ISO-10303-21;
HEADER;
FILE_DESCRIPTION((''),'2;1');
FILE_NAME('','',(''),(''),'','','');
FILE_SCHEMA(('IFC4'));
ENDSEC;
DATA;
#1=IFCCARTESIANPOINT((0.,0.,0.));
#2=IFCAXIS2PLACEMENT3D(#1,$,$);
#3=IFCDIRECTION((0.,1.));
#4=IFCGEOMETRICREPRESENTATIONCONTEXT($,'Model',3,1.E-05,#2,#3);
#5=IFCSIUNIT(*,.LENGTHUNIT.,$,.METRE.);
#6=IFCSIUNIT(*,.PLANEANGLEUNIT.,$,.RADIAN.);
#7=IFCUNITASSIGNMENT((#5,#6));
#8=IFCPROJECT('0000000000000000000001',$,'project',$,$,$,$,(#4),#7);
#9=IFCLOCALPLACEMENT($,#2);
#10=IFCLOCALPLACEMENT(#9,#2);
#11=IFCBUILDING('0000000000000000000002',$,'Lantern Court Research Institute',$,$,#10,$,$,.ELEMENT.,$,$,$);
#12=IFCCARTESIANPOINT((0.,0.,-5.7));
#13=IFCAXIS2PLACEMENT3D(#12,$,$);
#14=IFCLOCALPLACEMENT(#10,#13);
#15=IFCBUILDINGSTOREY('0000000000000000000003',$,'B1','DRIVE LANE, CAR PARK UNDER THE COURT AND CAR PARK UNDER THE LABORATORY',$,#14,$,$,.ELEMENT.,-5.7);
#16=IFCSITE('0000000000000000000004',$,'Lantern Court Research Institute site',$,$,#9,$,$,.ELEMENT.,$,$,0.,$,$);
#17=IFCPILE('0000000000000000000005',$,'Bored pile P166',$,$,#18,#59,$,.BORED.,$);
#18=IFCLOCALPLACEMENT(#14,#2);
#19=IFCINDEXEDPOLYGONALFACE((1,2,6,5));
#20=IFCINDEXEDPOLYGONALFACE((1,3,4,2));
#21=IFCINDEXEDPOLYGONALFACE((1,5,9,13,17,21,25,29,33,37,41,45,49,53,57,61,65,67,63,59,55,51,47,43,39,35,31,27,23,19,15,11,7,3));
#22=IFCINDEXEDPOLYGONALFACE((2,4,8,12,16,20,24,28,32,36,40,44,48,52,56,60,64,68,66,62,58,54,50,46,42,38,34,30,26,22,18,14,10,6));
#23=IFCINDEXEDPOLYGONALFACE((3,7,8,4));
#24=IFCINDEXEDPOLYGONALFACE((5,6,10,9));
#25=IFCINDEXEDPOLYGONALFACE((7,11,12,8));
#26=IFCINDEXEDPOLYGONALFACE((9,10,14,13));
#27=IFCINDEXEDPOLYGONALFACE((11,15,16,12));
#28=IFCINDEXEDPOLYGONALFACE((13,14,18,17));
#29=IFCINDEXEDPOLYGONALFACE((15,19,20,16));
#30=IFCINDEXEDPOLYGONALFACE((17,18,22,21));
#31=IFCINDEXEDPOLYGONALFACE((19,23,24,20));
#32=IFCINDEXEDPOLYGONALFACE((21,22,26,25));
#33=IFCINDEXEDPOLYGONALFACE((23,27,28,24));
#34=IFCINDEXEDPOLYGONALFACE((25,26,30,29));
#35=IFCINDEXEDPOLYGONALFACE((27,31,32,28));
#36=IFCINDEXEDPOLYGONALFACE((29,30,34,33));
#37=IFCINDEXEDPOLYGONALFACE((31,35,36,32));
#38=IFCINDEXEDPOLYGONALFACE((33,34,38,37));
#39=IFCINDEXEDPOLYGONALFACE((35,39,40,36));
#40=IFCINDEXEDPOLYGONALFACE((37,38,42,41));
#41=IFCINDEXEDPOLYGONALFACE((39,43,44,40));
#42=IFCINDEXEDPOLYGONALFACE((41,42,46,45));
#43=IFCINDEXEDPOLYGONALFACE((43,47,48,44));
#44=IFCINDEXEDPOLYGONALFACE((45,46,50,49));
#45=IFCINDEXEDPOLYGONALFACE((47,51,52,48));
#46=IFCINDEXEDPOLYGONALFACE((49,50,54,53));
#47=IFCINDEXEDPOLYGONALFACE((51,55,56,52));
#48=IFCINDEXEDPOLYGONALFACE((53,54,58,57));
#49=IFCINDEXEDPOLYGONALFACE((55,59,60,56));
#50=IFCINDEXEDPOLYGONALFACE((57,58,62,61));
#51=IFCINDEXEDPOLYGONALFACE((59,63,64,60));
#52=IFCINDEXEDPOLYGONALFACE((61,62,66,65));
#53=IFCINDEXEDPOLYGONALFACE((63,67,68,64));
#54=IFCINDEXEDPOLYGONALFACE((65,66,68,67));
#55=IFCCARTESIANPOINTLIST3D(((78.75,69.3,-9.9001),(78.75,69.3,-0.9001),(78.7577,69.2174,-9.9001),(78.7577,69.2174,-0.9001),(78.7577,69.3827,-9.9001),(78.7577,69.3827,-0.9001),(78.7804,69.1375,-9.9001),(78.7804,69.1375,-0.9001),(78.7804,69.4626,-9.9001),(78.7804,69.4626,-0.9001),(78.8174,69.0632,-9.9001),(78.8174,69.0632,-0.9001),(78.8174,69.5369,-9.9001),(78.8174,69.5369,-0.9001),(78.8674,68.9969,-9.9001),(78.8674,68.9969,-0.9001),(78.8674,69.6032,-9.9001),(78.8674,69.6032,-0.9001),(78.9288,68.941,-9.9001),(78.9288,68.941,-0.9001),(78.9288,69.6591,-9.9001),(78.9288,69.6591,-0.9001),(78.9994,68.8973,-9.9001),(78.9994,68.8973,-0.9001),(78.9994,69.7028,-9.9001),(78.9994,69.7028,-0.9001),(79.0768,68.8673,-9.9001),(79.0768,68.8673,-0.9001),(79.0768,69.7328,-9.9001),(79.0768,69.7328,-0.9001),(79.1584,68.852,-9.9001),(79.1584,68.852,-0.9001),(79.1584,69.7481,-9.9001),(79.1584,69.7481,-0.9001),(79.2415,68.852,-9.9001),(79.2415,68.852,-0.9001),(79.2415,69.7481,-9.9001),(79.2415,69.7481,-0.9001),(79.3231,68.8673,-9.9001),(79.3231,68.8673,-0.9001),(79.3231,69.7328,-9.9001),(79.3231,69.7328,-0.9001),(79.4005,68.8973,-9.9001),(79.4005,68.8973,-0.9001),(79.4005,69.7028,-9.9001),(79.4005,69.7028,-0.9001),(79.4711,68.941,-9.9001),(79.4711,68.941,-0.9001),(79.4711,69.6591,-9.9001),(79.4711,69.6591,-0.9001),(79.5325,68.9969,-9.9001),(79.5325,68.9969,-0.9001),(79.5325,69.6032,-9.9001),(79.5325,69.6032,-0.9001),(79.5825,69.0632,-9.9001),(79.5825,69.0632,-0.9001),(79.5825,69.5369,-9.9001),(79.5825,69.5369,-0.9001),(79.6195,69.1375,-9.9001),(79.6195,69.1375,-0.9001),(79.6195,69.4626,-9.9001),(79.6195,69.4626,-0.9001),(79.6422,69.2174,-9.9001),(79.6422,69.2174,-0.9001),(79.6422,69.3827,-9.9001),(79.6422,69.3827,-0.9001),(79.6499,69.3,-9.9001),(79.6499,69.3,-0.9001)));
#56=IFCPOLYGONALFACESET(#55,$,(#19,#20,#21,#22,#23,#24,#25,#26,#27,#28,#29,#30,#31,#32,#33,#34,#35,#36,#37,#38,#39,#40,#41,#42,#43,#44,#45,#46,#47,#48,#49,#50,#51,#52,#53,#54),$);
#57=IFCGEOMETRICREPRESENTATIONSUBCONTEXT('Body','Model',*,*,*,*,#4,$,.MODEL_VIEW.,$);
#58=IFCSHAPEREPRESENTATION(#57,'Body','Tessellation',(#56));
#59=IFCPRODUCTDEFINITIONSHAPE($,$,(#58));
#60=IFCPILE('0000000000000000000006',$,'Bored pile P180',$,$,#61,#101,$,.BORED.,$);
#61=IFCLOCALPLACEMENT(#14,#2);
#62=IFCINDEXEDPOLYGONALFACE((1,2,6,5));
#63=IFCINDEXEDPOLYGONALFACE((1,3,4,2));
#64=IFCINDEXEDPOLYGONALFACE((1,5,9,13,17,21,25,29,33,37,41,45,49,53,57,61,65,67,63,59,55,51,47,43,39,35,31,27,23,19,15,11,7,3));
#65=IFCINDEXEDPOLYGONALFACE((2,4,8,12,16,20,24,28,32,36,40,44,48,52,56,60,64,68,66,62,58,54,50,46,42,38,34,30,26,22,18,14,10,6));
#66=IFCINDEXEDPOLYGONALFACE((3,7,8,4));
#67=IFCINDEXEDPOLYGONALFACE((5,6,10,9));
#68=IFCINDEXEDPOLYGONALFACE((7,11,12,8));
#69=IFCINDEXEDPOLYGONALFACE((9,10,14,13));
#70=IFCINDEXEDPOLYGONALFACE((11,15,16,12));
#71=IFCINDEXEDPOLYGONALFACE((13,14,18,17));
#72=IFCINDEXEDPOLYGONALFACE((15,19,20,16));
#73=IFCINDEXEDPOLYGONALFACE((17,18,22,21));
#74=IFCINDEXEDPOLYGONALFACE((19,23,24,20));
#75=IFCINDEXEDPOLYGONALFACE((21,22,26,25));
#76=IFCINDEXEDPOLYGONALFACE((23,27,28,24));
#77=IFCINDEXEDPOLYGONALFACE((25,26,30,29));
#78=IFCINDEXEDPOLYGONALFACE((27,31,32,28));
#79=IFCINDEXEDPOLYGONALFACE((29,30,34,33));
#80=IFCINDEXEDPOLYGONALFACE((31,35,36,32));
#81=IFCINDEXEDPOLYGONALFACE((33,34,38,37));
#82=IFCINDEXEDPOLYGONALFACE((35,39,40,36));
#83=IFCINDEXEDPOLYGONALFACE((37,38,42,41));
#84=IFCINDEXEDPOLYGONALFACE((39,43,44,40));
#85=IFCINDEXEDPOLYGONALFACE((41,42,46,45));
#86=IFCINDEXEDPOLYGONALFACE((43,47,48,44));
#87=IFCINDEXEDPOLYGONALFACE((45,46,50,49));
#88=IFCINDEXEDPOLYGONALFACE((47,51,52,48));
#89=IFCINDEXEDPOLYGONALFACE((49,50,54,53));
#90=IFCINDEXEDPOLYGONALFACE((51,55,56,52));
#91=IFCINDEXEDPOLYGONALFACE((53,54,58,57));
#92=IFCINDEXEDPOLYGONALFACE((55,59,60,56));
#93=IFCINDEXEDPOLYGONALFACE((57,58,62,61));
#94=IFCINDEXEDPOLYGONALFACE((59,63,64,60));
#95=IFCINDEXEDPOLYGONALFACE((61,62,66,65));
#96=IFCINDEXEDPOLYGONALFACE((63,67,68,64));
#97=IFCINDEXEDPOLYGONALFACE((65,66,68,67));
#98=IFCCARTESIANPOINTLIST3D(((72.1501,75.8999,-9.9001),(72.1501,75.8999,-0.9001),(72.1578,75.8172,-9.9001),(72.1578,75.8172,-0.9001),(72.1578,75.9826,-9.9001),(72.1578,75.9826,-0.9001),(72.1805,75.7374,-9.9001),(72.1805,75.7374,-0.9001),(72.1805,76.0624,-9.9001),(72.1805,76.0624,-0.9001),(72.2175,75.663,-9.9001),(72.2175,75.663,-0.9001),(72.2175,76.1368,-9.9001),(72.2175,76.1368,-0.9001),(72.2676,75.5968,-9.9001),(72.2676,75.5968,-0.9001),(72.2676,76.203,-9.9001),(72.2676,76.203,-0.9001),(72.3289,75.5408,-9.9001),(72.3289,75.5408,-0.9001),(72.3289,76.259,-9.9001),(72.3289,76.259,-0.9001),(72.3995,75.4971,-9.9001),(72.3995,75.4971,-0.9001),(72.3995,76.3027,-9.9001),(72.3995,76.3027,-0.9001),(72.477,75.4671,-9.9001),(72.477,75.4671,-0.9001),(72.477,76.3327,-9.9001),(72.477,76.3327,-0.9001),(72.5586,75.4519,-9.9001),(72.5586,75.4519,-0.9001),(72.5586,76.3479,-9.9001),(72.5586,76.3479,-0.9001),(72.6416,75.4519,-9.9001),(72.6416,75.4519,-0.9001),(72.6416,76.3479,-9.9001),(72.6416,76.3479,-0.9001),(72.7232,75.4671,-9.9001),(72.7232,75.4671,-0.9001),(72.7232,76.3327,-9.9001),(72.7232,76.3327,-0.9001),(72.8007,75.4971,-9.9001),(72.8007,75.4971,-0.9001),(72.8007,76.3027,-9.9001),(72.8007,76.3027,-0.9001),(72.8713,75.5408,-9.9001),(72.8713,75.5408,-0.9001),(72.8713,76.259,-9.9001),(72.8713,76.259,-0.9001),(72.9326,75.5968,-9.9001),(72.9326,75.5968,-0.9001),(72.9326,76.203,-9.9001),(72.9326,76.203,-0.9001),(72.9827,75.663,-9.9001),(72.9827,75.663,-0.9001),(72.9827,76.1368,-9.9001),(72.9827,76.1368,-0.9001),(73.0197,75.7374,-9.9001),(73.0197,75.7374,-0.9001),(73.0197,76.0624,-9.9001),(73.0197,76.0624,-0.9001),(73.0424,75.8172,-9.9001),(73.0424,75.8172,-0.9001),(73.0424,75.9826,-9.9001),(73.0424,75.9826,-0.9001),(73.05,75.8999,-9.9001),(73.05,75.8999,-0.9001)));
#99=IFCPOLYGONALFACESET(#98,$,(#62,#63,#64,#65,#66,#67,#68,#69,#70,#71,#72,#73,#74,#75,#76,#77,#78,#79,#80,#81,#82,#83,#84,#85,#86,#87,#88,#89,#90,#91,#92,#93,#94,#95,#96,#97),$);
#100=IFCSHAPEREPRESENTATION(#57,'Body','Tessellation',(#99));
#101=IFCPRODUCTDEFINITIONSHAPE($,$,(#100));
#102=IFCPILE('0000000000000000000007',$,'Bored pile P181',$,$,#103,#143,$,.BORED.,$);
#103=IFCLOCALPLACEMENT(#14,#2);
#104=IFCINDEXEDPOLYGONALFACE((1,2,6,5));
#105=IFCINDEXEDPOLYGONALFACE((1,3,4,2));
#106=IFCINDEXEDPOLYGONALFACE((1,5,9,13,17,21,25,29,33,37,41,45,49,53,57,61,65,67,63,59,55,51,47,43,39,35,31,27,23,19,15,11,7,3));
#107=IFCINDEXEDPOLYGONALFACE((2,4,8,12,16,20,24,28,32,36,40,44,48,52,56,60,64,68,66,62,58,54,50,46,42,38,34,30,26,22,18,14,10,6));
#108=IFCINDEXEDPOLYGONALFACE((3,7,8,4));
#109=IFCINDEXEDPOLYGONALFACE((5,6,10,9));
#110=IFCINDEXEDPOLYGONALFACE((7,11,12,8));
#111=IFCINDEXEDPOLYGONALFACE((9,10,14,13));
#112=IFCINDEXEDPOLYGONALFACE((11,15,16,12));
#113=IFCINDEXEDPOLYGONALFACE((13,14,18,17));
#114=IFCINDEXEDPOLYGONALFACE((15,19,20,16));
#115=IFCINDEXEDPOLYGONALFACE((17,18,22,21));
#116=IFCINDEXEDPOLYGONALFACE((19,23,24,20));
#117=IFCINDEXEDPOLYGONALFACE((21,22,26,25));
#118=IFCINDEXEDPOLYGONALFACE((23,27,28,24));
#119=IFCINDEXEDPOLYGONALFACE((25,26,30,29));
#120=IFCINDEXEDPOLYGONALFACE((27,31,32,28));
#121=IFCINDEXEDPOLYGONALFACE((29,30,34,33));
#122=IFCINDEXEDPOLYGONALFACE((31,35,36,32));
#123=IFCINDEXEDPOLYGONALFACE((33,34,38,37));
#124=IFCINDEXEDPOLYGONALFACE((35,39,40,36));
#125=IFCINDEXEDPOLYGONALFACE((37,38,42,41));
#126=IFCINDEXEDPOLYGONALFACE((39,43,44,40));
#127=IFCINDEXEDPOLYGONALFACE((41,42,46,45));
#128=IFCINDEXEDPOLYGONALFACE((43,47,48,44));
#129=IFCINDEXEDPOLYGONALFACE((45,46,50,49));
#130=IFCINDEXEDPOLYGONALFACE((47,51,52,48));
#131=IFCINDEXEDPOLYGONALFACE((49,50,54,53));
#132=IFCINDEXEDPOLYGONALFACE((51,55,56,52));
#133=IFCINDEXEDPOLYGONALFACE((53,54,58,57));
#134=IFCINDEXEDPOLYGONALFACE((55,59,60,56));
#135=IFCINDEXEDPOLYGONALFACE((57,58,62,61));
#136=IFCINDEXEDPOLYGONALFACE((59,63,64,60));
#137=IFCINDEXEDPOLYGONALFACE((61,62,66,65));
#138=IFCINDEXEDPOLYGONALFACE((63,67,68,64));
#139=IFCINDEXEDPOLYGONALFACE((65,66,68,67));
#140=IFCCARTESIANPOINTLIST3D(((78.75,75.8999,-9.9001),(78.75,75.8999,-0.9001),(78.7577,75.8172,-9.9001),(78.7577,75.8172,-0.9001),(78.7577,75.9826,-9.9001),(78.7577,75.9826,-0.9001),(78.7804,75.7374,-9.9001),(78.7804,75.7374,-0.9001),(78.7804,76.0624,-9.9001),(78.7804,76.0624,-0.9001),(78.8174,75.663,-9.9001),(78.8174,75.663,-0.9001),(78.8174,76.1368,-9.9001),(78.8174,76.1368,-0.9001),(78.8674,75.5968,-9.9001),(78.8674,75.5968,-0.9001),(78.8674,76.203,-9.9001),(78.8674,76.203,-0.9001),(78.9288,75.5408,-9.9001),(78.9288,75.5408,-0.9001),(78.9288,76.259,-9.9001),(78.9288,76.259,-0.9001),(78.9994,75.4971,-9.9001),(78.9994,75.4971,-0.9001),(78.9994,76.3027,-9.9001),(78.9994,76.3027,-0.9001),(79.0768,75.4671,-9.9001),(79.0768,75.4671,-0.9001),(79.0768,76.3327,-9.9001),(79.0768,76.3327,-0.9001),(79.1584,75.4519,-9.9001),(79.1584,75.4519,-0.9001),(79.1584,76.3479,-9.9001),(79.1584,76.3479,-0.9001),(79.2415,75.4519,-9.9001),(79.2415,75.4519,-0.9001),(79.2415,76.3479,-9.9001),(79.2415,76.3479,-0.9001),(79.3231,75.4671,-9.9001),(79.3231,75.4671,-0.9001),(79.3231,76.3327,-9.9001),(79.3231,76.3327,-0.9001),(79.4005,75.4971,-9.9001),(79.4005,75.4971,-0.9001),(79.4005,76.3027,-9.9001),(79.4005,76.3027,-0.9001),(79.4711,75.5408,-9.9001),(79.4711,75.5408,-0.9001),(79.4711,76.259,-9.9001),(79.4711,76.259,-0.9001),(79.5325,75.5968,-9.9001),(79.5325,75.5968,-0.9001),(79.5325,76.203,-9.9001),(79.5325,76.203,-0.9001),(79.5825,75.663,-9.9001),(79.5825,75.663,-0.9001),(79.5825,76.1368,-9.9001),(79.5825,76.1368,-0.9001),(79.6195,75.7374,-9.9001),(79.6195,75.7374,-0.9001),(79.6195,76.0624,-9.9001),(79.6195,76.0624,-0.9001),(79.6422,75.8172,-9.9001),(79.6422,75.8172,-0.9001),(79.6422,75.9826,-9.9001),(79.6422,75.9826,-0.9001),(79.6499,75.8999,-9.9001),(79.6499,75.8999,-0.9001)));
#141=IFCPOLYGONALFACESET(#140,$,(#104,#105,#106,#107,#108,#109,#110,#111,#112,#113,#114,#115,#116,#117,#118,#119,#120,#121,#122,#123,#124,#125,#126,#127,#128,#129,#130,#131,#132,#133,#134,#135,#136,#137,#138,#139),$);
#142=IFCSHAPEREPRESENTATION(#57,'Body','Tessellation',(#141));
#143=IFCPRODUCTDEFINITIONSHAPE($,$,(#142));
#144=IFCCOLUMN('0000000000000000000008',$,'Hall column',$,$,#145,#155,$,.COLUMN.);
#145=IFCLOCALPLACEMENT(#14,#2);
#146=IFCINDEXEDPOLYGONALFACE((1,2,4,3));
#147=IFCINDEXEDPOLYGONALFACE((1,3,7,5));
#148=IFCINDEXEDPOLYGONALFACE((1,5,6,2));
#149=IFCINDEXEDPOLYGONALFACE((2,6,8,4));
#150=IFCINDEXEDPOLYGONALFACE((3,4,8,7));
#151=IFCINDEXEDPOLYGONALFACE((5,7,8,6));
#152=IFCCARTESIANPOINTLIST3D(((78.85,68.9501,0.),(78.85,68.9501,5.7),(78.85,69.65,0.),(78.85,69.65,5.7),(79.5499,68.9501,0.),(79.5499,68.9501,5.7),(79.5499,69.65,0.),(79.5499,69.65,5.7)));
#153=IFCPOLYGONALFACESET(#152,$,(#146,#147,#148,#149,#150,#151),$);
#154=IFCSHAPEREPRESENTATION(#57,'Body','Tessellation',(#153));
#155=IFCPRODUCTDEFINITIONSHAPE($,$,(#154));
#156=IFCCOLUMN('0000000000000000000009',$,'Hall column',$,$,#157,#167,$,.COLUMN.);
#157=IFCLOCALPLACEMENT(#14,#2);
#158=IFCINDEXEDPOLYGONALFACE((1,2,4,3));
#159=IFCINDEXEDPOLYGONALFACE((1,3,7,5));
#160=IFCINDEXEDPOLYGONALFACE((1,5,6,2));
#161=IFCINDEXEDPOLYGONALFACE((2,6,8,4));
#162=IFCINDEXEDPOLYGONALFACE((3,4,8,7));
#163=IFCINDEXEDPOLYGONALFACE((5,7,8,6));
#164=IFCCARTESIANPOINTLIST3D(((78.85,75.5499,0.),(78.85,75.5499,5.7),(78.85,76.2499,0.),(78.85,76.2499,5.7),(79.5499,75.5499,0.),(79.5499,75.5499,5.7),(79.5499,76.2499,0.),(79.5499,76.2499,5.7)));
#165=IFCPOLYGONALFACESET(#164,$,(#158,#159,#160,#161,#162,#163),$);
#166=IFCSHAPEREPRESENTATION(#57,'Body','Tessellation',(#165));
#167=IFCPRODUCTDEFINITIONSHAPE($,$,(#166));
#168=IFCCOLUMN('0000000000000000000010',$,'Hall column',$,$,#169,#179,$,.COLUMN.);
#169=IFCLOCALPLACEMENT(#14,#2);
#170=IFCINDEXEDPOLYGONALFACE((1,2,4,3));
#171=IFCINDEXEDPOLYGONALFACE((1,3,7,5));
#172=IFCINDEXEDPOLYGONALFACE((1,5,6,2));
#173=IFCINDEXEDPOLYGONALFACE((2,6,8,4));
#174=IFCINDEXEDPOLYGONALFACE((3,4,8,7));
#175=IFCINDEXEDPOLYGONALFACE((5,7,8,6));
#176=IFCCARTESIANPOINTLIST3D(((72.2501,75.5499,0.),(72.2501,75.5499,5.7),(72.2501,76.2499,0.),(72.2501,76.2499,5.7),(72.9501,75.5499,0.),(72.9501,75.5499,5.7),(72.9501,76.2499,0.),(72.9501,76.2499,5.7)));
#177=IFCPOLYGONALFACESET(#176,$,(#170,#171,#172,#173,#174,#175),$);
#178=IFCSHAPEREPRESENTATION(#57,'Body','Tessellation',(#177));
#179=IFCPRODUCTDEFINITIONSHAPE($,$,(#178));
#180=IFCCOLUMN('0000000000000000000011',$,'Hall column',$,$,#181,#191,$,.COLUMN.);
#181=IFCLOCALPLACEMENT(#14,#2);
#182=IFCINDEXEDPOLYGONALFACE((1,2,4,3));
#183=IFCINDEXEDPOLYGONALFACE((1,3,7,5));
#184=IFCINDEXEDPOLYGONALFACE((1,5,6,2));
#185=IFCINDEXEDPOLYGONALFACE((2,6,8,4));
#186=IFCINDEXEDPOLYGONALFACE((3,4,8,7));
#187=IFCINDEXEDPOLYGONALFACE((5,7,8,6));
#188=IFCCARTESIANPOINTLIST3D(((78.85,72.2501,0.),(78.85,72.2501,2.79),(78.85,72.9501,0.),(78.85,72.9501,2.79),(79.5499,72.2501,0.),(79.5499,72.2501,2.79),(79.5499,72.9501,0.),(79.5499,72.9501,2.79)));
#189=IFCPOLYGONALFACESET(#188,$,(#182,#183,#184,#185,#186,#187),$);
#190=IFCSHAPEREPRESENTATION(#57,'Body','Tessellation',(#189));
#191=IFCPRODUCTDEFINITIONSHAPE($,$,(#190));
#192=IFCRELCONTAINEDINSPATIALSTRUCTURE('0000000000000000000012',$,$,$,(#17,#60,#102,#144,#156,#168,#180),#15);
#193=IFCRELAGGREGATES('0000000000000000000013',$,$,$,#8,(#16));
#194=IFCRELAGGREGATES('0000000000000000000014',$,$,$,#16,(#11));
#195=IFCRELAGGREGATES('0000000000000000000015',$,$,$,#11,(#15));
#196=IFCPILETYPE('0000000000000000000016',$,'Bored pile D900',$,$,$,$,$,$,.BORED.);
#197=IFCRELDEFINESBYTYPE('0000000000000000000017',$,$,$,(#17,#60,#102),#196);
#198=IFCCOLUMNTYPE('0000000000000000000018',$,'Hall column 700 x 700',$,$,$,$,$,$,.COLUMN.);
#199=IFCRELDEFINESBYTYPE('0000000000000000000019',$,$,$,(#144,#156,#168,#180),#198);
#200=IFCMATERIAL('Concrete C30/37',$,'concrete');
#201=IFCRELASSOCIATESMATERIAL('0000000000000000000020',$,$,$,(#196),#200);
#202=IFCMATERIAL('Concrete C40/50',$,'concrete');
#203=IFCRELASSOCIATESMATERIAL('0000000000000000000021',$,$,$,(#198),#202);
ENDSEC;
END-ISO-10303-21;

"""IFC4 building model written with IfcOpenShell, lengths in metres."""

from ifc_helpers import new_model, si_unit, direction, frame, origin, origin_2d, place, context, subcontext, project, spatial, rectangle, circle, extrude, material, material_profile, profile_set, type_object, element, save


model = new_model("IFC4")

# Units and contexts
model_context = context("Model", 3, precision=1e-05, world=origin(), true_north=direction((0.0, 1.0)))
body_context = subcontext(model_context, "Body", "Model", "MODEL_VIEW")
ifc_project = project(units=[si_unit("LENGTHUNIT", "METRE"), si_unit("PLANEANGLEUNIT", "RADIAN")], contexts=[model_context])

# Site, building, storey
site_placement = place(None, origin())
site = spatial("IfcSite", under=ifc_project, at=site_placement, Name="Lantern Court Research Institute site", CompositionType="ELEMENT", RefElevation=0.0)
building_placement = place(site_placement, origin())
building = spatial("IfcBuilding", under=site, at=building_placement, Name="Lantern Court Research Institute", CompositionType="ELEMENT")
storey_placement = place(building_placement, frame((0.0, 0.0, -5.7)))
storey = spatial("IfcBuildingStorey", under=building, at=storey_placement, Name="B1", Description="DRIVE LANE, CAR PARK UNDER THE COURT AND CAR PARK UNDER THE LABORATORY", CompositionType="ELEMENT", Elevation=-5.7)

# Piles
ifc_material_1 = material(Name="Concrete C30/37", Category="concrete")
ifc_material_profile_1 = material_profile(ifc_material_1, circle(Radius=0.45, at=origin_2d()), Name="Bored pile D900")
ifc_profile_set_1 = profile_set([ifc_material_profile_1], Name="Concrete C30/37")
pile_type_1 = type_object("IfcPileType", Name="Bored pile D900", PredefinedType="BORED", material=ifc_profile_set_1)
for number, where, z_axis, x_axis, name in (
    (1, (79.2, 69.3, -0.9001), (0.0, 0.0, -1.0), (1.0, 0.0, 0.0), "Bored pile P166"),
    (2, (72.6001, 75.8999, -0.9001), (0.0, 0.0, -1.0), (1.0, 0.0, 0.0), "Bored pile P180"),
    (3, (79.2, 75.8999, -0.9001), (0.0, 0.0, -1.0), (1.0, 0.0, 0.0), "Bored pile P181"),
):
    element("IfcPile", number, at=place(storey_placement, frame(where, z_axis=z_axis, x_axis=x_axis)), inside=storey, type_object=pile_type_1, Name=name, PredefinedType="BORED", context=body_context, shape_type="SweptSolid", body=[
        extrude(circle(Radius=0.45, at=origin_2d()), origin(), (0.0, 0.0, 1.0), 9.0),
    ])

# Columns
ifc_material_2 = material(Name="Concrete C40/50", Category="concrete")
ifc_material_profile_2 = material_profile(ifc_material_2, rectangle(XDim=0.7, YDim=0.7, at=origin_2d()), Name="Hall column 700 x 700")
ifc_profile_set_2 = profile_set([ifc_material_profile_2], Name="Concrete C40/50")
column_type_1 = type_object("IfcColumnType", Name="Hall column 700 x 700", PredefinedType="COLUMN", material=ifc_profile_set_2)
for number, where, z_axis, x_axis, name in (
    (4, (79.2, 69.3, 0.0), (0.0, 0.0, 1.0), (1.0, 0.0, 0.0), "Hall column"),
    (5, (79.2, 75.8999, 0.0), (0.0, 0.0, 1.0), (1.0, 0.0, 0.0), "Hall column"),
    (6, (72.6001, 75.8999, 0.0), (0.0, 0.0, 1.0), (1.0, 0.0, 0.0), "Hall column"),
):
    element("IfcColumn", number, at=place(storey_placement, frame(where, z_axis=z_axis, x_axis=x_axis)), inside=storey, type_object=column_type_1, Name=name, PredefinedType="COLUMN", context=body_context, shape_type="SweptSolid", body=[
        extrude(rectangle(XDim=0.7, YDim=0.7, at=origin_2d()), origin(), (0.0, 0.0, 1.0), 5.7),
    ])
column_placement = place(storey_placement, frame((79.2, 72.6001, 0.0), z_axis=(0.0, 0.0, 1.0), x_axis=(1.0, 0.0, 0.0)))
element("IfcColumn", 7, at=column_placement, inside=storey, type_object=column_type_1, Name="Hall column", PredefinedType="COLUMN", context=body_context, shape_type="SweptSolid", body=[
    extrude(rectangle(XDim=0.7, YDim=0.7, at=origin_2d()), origin(), (0.0, 0.0, 1.0), 2.79),
])

save(model, "model.ifc")
